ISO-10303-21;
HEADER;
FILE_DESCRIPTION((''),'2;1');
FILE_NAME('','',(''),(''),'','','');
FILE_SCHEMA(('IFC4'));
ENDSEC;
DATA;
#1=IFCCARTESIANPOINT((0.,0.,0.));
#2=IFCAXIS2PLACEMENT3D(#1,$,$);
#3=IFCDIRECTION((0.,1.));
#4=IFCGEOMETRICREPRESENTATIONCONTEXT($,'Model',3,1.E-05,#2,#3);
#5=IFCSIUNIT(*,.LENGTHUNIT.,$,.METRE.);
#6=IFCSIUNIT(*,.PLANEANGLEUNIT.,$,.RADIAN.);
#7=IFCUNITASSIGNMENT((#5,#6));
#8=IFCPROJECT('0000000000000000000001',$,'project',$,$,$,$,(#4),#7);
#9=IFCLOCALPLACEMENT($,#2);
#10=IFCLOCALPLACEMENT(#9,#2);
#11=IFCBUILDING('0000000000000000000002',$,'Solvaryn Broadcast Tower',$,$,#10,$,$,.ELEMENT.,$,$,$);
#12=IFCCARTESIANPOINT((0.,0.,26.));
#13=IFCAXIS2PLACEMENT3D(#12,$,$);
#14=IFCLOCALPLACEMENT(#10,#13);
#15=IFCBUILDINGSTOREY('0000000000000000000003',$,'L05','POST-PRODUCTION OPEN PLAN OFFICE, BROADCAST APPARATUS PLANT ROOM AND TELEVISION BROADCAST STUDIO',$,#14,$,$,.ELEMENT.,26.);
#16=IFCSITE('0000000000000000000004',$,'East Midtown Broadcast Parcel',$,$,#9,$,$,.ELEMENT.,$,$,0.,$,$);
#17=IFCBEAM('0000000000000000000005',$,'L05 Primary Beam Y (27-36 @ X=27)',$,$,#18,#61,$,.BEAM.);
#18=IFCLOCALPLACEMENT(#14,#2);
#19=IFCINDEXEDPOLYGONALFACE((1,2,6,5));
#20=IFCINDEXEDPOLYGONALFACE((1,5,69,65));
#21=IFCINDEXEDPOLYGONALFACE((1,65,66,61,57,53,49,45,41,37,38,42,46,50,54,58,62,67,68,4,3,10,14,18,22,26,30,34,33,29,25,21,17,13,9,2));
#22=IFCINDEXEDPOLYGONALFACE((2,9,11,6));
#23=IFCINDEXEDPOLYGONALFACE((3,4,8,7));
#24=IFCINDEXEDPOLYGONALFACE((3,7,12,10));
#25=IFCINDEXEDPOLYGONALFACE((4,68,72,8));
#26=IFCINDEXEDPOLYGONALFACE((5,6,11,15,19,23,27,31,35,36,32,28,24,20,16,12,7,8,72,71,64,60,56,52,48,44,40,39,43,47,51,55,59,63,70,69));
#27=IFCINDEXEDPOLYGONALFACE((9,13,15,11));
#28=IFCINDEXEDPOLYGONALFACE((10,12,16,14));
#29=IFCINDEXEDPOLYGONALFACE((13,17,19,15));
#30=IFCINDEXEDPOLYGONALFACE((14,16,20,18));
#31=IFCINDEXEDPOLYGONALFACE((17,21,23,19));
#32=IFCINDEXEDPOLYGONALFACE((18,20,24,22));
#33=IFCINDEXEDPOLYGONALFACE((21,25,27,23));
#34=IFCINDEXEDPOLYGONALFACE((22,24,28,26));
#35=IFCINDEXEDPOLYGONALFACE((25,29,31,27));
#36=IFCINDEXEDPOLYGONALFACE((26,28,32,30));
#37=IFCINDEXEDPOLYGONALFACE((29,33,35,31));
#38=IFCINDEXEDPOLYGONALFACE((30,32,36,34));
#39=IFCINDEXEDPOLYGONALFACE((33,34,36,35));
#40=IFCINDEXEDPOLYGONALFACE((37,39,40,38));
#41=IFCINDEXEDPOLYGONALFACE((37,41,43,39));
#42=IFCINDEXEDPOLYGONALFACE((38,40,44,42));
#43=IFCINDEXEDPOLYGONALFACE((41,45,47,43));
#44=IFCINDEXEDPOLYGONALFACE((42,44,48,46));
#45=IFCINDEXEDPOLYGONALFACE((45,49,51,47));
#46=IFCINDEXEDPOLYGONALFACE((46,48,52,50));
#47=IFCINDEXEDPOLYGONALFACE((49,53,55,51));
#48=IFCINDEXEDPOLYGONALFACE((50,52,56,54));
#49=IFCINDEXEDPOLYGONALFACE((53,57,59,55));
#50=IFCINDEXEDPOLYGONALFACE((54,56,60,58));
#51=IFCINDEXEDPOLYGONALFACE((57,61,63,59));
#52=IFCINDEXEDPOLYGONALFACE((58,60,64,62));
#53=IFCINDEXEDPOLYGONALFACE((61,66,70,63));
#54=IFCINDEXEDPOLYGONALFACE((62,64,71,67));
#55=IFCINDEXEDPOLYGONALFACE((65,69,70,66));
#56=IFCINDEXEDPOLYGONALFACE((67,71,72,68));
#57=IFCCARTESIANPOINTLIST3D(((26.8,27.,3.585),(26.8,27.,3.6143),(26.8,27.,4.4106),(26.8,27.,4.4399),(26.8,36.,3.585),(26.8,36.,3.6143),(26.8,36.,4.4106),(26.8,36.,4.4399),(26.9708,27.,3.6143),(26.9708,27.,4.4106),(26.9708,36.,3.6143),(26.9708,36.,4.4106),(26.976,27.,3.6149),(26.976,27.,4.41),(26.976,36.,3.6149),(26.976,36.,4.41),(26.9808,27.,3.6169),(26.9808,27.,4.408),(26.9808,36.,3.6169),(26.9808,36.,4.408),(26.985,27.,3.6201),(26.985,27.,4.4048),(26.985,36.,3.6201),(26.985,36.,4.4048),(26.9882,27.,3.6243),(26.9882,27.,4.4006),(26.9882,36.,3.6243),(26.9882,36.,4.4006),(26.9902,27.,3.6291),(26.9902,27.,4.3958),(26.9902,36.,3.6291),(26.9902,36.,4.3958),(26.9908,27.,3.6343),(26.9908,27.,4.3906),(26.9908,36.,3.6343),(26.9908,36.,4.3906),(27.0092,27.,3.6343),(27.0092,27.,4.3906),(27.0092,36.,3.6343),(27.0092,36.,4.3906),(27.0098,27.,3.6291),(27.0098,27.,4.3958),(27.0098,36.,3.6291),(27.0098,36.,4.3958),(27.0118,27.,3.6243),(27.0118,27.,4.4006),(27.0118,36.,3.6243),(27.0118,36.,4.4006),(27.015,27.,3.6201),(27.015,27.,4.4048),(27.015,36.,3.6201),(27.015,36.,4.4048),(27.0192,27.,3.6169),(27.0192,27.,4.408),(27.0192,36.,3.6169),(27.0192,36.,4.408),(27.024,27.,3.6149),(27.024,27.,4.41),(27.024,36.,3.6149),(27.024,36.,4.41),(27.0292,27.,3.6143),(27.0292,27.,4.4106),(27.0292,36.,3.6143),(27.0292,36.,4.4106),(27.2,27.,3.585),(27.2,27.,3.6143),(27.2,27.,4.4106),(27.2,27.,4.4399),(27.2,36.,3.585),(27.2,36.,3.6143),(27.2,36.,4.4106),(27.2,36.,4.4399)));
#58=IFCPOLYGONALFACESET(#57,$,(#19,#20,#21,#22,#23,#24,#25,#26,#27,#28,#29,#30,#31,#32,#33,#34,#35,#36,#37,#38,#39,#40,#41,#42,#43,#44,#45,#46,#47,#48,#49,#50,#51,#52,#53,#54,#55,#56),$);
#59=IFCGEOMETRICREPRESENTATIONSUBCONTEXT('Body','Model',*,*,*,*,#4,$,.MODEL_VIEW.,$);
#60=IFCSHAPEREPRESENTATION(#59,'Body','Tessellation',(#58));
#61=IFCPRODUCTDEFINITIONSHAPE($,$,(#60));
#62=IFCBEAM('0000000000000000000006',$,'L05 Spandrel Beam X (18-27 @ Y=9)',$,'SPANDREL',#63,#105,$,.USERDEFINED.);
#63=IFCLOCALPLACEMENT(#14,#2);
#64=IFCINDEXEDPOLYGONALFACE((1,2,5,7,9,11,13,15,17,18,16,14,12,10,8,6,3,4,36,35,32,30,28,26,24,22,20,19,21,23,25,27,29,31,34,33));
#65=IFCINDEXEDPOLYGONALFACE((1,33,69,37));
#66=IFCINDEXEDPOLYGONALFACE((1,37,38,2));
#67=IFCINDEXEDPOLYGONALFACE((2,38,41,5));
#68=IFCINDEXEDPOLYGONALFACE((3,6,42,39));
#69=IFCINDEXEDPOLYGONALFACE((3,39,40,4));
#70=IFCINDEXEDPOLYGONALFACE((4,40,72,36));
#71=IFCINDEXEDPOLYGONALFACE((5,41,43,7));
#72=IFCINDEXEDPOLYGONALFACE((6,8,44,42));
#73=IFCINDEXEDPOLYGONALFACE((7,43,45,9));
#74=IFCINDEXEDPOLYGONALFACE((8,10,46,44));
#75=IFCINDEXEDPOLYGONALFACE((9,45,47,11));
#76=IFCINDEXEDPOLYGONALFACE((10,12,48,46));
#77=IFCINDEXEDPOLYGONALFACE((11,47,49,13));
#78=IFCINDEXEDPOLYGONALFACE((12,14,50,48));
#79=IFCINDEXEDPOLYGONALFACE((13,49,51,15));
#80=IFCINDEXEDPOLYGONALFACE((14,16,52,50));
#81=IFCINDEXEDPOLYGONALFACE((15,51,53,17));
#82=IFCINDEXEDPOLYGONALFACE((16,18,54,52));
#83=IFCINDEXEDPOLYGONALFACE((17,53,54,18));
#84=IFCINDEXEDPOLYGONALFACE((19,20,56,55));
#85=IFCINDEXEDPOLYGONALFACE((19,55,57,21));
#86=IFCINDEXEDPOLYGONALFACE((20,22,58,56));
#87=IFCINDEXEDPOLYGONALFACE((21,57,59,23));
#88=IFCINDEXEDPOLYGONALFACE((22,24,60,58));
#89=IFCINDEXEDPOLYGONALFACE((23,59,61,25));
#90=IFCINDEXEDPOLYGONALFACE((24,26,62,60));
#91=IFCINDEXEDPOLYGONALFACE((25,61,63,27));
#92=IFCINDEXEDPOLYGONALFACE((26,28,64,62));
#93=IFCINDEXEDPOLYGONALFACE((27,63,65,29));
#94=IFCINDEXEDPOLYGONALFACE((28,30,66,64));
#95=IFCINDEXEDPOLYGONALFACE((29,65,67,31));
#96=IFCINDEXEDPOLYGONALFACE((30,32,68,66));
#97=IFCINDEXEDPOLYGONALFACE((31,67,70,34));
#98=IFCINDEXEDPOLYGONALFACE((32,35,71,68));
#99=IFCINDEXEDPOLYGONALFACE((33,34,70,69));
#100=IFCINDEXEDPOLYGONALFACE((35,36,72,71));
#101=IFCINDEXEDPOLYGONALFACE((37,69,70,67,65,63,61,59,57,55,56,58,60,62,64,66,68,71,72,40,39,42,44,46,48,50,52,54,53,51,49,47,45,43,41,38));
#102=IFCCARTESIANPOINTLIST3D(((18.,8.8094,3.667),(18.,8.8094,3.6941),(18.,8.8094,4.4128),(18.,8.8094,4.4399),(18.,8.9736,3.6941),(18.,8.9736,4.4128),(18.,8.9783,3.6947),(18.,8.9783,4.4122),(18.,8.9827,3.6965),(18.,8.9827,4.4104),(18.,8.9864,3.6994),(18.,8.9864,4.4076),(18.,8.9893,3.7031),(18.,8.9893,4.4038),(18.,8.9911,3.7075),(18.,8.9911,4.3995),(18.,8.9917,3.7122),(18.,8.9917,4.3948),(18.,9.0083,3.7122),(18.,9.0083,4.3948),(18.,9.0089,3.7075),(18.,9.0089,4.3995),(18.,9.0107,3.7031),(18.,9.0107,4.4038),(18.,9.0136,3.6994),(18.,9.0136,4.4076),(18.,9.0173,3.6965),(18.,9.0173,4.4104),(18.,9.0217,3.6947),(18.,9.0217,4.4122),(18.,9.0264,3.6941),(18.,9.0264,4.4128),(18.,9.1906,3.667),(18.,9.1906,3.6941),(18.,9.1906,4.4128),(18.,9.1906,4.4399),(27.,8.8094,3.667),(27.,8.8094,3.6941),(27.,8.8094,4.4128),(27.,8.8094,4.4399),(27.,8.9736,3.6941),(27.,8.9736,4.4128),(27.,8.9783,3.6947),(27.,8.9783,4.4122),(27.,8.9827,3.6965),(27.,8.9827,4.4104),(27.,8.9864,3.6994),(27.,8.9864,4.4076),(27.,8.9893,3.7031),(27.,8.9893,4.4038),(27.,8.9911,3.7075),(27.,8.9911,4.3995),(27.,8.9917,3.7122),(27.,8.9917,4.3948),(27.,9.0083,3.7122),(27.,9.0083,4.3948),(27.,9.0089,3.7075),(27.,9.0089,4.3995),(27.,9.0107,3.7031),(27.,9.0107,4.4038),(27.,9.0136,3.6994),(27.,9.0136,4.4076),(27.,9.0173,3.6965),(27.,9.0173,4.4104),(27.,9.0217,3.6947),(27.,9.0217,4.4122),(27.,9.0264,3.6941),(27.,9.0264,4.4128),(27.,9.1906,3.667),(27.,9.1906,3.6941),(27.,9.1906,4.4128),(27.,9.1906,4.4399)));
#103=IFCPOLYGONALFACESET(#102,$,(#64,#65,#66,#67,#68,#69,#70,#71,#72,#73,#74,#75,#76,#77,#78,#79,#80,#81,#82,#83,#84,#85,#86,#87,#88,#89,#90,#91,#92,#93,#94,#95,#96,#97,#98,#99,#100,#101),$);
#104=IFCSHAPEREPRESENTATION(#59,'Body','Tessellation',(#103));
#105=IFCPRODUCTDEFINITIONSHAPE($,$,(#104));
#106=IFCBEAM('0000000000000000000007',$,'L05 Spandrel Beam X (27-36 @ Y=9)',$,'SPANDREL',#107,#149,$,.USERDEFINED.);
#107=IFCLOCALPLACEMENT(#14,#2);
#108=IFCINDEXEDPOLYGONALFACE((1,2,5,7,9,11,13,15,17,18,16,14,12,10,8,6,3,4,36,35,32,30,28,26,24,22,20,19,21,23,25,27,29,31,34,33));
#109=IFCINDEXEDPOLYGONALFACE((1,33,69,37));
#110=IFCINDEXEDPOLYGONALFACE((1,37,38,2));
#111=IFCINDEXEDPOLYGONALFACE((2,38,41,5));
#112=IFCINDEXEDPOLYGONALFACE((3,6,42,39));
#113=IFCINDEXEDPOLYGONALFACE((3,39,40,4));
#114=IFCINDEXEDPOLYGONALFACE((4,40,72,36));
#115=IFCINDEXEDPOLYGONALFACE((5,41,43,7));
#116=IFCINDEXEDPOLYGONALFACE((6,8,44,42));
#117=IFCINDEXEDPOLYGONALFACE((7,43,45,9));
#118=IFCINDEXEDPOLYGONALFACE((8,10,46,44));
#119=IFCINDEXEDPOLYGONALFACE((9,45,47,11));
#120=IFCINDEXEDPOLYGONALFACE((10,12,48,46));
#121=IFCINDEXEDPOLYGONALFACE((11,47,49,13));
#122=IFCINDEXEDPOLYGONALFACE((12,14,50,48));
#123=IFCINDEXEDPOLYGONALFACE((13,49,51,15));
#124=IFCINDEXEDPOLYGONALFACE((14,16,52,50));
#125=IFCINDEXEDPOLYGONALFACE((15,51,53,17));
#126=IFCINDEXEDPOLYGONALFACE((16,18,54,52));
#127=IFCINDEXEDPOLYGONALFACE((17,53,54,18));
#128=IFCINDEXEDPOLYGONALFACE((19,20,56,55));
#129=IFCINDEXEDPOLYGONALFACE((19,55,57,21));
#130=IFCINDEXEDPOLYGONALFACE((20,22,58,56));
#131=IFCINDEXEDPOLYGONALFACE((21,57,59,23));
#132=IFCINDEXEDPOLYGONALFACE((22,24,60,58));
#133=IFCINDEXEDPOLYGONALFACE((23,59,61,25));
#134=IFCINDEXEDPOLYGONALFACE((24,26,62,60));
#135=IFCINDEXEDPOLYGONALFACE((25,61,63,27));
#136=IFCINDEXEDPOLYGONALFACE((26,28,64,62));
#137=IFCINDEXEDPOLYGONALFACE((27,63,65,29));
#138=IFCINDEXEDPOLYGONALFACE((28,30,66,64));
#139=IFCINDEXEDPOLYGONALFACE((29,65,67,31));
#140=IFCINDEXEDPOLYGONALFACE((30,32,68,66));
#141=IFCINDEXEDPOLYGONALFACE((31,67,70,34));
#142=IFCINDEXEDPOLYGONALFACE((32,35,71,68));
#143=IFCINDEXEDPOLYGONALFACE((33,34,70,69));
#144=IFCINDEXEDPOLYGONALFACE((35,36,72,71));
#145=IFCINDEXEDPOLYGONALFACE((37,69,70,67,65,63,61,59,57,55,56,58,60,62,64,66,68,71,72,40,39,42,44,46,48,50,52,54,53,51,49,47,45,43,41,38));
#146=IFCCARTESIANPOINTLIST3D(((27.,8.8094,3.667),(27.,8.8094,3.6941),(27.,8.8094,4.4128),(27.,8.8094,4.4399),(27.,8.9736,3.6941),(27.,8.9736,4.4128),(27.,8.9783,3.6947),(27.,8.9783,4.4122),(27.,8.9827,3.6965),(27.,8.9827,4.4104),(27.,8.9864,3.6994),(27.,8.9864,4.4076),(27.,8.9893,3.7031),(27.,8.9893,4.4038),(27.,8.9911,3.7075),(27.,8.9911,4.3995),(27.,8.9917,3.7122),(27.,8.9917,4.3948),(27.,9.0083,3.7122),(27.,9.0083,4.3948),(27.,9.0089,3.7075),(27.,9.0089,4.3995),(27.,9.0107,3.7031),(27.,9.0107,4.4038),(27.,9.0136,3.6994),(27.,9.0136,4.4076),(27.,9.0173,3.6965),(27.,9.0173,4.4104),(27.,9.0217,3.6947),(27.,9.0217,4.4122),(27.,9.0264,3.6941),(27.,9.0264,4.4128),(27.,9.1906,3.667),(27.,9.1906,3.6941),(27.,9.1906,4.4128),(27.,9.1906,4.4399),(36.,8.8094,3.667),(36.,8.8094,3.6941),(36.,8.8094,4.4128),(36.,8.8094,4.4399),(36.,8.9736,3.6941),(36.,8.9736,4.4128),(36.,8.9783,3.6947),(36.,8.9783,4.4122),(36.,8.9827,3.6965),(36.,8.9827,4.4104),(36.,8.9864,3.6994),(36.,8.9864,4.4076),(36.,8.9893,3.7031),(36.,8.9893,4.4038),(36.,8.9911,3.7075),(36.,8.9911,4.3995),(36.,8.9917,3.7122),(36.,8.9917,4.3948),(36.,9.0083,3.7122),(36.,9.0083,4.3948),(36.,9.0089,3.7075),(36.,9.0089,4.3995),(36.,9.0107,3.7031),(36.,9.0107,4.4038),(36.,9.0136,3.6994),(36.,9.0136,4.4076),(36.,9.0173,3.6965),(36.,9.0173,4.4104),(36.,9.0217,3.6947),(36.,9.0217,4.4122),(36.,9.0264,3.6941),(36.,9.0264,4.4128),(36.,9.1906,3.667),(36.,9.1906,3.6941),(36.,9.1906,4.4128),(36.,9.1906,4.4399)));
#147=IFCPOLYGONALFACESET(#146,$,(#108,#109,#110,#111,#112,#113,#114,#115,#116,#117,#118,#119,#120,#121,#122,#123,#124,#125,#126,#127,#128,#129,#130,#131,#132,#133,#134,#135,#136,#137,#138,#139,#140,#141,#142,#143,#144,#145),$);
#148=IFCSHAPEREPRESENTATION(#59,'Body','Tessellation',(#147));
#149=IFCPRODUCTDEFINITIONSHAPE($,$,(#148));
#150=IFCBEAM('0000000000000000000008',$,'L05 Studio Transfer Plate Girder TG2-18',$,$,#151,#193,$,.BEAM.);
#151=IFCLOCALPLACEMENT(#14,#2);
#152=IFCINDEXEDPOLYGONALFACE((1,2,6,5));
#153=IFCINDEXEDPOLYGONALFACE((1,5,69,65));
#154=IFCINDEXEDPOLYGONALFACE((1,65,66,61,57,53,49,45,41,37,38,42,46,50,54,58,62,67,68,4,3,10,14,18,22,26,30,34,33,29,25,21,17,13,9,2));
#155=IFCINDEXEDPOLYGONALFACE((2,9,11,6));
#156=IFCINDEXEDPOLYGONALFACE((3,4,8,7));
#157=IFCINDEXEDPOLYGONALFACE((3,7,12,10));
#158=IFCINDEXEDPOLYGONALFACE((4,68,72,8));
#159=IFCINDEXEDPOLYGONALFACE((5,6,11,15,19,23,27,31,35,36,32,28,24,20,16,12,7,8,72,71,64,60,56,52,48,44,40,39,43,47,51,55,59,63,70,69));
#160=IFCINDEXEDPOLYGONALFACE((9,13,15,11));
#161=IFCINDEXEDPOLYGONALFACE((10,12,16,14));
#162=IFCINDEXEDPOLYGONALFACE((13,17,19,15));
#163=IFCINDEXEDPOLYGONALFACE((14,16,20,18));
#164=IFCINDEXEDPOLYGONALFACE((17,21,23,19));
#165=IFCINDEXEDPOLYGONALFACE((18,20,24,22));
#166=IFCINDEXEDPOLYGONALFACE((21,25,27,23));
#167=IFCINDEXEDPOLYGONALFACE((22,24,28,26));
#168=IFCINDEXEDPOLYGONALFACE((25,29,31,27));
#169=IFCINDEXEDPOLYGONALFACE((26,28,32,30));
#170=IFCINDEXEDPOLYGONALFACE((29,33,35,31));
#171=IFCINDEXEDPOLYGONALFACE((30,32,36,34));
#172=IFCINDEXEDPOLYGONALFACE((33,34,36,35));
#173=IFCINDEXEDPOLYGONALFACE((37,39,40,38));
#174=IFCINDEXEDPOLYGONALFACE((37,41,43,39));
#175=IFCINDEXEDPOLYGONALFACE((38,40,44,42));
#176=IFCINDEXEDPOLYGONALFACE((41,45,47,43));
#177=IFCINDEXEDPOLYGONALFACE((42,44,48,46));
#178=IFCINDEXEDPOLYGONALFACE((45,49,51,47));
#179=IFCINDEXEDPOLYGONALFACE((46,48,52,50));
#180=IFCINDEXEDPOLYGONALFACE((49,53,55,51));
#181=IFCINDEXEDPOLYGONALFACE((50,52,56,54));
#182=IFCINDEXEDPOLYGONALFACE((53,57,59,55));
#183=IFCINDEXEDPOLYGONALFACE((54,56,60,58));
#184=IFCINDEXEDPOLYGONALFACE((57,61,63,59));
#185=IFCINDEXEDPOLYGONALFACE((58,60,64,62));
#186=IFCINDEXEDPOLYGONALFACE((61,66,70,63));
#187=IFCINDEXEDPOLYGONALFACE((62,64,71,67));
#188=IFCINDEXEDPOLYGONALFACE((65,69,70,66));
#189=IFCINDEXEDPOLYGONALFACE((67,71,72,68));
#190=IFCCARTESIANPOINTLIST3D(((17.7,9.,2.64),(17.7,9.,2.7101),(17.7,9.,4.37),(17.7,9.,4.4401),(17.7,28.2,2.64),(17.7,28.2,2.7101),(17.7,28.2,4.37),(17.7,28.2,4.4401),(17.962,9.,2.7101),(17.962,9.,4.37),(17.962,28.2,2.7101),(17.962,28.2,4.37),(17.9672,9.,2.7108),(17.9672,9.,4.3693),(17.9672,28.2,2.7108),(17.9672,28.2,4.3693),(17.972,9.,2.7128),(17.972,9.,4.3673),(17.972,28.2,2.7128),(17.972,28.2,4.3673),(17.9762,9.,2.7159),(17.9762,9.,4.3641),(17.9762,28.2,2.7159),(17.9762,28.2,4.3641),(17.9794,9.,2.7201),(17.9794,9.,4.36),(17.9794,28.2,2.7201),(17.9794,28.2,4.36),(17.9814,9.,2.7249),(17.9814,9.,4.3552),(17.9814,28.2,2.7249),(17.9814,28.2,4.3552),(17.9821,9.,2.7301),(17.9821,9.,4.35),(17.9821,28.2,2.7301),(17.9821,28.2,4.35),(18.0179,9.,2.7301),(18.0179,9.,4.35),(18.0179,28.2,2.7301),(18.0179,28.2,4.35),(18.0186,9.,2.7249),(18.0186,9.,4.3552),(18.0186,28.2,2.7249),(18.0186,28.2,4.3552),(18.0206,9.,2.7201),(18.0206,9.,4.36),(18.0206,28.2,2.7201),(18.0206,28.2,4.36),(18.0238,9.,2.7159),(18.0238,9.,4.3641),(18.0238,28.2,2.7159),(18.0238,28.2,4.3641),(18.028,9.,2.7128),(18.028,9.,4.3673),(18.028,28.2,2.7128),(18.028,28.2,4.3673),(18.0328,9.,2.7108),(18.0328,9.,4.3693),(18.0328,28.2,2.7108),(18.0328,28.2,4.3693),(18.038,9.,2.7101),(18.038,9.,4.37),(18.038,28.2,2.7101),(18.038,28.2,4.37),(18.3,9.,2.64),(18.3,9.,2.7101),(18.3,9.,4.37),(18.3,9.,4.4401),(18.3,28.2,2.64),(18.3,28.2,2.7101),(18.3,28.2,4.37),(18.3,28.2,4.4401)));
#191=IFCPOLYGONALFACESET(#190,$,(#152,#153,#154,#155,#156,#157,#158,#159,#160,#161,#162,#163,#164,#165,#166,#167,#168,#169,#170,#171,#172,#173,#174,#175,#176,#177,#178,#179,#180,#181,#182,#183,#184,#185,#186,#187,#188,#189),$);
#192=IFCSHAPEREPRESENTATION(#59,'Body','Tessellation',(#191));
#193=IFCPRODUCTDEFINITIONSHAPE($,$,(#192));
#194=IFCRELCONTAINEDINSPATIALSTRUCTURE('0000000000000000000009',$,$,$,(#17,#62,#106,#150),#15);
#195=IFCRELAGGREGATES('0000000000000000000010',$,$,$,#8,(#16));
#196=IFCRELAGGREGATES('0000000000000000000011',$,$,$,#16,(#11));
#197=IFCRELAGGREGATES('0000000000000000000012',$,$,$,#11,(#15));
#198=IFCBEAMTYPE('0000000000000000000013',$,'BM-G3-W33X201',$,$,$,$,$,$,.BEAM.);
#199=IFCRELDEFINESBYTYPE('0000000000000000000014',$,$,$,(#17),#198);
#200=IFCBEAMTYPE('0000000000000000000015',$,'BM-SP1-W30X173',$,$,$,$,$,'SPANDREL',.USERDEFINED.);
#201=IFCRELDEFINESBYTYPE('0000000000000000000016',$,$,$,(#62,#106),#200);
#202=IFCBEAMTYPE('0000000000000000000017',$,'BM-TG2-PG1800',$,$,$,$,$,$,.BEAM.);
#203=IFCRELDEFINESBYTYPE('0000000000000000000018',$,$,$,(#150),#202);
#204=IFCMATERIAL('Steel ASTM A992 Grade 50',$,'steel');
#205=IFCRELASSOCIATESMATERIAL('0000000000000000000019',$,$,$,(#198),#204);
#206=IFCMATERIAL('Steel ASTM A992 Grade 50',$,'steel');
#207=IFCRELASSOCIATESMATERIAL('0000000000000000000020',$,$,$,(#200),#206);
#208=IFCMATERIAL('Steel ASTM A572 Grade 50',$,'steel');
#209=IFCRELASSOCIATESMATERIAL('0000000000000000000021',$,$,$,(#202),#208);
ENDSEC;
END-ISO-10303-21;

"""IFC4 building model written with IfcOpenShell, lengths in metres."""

from ifc_helpers import new_model, si_unit, direction, frame, origin, origin_2d, place, context, subcontext, project, spatial, i_section, extrude, material, material_profile, profile_set, type_object, element, save


model = new_model("IFC4")

# Units and contexts
model_context = context("Model", 3, precision=1e-05, world=origin(), true_north=direction((0.0, 1.0)))
body_context = subcontext(model_context, "Body", "Model", "MODEL_VIEW")
ifc_project = project(units=[si_unit("LENGTHUNIT", "METRE"), si_unit("PLANEANGLEUNIT", "RADIAN")], contexts=[model_context])

# Site, building, storey
site_placement = place(None, origin())
site = spatial("IfcSite", under=ifc_project, at=site_placement, Name="East Midtown Broadcast Parcel", CompositionType="ELEMENT", RefElevation=0.0)
building_placement = place(site_placement, origin())
building = spatial("IfcBuilding", under=site, at=building_placement, Name="Solvaryn Broadcast Tower", CompositionType="ELEMENT")
storey_placement = place(building_placement, frame((0.0, 0.0, 26.0)))
storey = spatial("IfcBuildingStorey", under=building, at=storey_placement, Name="L05", Description="POST-PRODUCTION OPEN PLAN OFFICE, BROADCAST APPARATUS PLANT ROOM AND TELEVISION BROADCAST STUDIO", CompositionType="ELEMENT", Elevation=26.0)

# Beams
ifc_material_1 = material(Name="Steel ASTM A992 Grade 50", Category="steel")
ifc_material_profile_1 = material_profile(ifc_material_1, i_section(OverallWidth=0.3999, OverallDepth=0.855, WebThickness=0.0183, FlangeThickness=0.0293, FilletRadius=0.02, at=origin_2d()))
ifc_profile_set_1 = profile_set([ifc_material_profile_1], Name="Steel ASTM A992 Grade 50")
beam_type_1 = type_object("IfcBeamType", Name="BM-G3-W33X201", PredefinedType="BEAM", material=ifc_profile_set_1)
beam_1_placement = place(storey_placement, frame((27.0, 27.0, 4.0125), z_axis=(0.0, 1.0, 0.0), x_axis=(-1.0, 0.0, 0.0)))
element("IfcBeam", 1, at=beam_1_placement, inside=storey, type_object=beam_type_1, Name="L05 Primary Beam Y (27-36 @ X=27)", PredefinedType="BEAM", context=body_context, shape_type="SweptSolid", body=[
    extrude(i_section(OverallWidth=0.3999, OverallDepth=0.855, WebThickness=0.0183, FlangeThickness=0.0293, FilletRadius=0.02, at=origin_2d()), origin(), (0.0, 0.0, 1.0), 9.0),
])
ifc_material_2 = material(Name="Steel ASTM A992 Grade 50", Category="steel")
ifc_material_profile_2 = material_profile(ifc_material_2, i_section(OverallWidth=0.3811, OverallDepth=0.7729, WebThickness=0.0166, FlangeThickness=0.0271, FilletRadius=0.0181, at=origin_2d()))
ifc_profile_set_2 = profile_set([ifc_material_profile_2], Name="Steel ASTM A992 Grade 50")
beam_type_2 = type_object("IfcBeamType", Name="BM-SP1-W30X173", ElementType="SPANDREL", PredefinedType="USERDEFINED", material=ifc_profile_set_2)
for number, where, z_axis, x_axis, name in (
    (2, (18.0, 9.0, 4.0535), (1.0, 0.0, 0.0), (0.0, 1.0, 0.0), "L05 Spandrel Beam X (18-27 @ Y=9)"),
    (3, (27.0, 9.0, 4.0535), (1.0, 0.0, 0.0), (0.0, 1.0, 0.0), "L05 Spandrel Beam X (27-36 @ Y=9)"),
):
    element("IfcBeam", number, at=place(storey_placement, frame(where, z_axis=z_axis, x_axis=x_axis)), inside=storey, type_object=beam_type_2, Name=name, ObjectType="SPANDREL", PredefinedType="USERDEFINED", context=body_context, shape_type="SweptSolid", body=[
        extrude(i_section(OverallWidth=0.3811, OverallDepth=0.7729, WebThickness=0.0166, FlangeThickness=0.0271, FilletRadius=0.0181, at=origin_2d()), origin(), (0.0, 0.0, 1.0), 9.0),
    ])
ifc_material_3 = material(Name="Steel ASTM A572 Grade 50", Category="steel")
ifc_material_profile_3 = material_profile(ifc_material_3, i_section(OverallWidth=0.6001, OverallDepth=1.8, WebThickness=0.0359, FlangeThickness=0.0701, FilletRadius=0.02, at=origin_2d()))
ifc_profile_set_3 = profile_set([ifc_material_profile_3], Name="Steel ASTM A572 Grade 50")
beam_type_3 = type_object("IfcBeamType", Name="BM-TG2-PG1800", PredefinedType="BEAM", material=ifc_profile_set_3)
beam_2_placement = place(storey_placement, frame((18.0, 9.0, 3.54), z_axis=(0.0, 1.0, 0.0), x_axis=(-1.0, 0.0, 0.0)))
element("IfcBeam", 4, at=beam_2_placement, inside=storey, type_object=beam_type_3, Name="L05 Studio Transfer Plate Girder TG2-18", PredefinedType="BEAM", context=body_context, shape_type="SweptSolid", body=[
    extrude(i_section(OverallWidth=0.6001, OverallDepth=1.8, WebThickness=0.0359, FlangeThickness=0.0701, FilletRadius=0.02, at=origin_2d()), origin(), (0.0, 0.0, 1.0), 19.2),
])

save(model, "model.ifc")
